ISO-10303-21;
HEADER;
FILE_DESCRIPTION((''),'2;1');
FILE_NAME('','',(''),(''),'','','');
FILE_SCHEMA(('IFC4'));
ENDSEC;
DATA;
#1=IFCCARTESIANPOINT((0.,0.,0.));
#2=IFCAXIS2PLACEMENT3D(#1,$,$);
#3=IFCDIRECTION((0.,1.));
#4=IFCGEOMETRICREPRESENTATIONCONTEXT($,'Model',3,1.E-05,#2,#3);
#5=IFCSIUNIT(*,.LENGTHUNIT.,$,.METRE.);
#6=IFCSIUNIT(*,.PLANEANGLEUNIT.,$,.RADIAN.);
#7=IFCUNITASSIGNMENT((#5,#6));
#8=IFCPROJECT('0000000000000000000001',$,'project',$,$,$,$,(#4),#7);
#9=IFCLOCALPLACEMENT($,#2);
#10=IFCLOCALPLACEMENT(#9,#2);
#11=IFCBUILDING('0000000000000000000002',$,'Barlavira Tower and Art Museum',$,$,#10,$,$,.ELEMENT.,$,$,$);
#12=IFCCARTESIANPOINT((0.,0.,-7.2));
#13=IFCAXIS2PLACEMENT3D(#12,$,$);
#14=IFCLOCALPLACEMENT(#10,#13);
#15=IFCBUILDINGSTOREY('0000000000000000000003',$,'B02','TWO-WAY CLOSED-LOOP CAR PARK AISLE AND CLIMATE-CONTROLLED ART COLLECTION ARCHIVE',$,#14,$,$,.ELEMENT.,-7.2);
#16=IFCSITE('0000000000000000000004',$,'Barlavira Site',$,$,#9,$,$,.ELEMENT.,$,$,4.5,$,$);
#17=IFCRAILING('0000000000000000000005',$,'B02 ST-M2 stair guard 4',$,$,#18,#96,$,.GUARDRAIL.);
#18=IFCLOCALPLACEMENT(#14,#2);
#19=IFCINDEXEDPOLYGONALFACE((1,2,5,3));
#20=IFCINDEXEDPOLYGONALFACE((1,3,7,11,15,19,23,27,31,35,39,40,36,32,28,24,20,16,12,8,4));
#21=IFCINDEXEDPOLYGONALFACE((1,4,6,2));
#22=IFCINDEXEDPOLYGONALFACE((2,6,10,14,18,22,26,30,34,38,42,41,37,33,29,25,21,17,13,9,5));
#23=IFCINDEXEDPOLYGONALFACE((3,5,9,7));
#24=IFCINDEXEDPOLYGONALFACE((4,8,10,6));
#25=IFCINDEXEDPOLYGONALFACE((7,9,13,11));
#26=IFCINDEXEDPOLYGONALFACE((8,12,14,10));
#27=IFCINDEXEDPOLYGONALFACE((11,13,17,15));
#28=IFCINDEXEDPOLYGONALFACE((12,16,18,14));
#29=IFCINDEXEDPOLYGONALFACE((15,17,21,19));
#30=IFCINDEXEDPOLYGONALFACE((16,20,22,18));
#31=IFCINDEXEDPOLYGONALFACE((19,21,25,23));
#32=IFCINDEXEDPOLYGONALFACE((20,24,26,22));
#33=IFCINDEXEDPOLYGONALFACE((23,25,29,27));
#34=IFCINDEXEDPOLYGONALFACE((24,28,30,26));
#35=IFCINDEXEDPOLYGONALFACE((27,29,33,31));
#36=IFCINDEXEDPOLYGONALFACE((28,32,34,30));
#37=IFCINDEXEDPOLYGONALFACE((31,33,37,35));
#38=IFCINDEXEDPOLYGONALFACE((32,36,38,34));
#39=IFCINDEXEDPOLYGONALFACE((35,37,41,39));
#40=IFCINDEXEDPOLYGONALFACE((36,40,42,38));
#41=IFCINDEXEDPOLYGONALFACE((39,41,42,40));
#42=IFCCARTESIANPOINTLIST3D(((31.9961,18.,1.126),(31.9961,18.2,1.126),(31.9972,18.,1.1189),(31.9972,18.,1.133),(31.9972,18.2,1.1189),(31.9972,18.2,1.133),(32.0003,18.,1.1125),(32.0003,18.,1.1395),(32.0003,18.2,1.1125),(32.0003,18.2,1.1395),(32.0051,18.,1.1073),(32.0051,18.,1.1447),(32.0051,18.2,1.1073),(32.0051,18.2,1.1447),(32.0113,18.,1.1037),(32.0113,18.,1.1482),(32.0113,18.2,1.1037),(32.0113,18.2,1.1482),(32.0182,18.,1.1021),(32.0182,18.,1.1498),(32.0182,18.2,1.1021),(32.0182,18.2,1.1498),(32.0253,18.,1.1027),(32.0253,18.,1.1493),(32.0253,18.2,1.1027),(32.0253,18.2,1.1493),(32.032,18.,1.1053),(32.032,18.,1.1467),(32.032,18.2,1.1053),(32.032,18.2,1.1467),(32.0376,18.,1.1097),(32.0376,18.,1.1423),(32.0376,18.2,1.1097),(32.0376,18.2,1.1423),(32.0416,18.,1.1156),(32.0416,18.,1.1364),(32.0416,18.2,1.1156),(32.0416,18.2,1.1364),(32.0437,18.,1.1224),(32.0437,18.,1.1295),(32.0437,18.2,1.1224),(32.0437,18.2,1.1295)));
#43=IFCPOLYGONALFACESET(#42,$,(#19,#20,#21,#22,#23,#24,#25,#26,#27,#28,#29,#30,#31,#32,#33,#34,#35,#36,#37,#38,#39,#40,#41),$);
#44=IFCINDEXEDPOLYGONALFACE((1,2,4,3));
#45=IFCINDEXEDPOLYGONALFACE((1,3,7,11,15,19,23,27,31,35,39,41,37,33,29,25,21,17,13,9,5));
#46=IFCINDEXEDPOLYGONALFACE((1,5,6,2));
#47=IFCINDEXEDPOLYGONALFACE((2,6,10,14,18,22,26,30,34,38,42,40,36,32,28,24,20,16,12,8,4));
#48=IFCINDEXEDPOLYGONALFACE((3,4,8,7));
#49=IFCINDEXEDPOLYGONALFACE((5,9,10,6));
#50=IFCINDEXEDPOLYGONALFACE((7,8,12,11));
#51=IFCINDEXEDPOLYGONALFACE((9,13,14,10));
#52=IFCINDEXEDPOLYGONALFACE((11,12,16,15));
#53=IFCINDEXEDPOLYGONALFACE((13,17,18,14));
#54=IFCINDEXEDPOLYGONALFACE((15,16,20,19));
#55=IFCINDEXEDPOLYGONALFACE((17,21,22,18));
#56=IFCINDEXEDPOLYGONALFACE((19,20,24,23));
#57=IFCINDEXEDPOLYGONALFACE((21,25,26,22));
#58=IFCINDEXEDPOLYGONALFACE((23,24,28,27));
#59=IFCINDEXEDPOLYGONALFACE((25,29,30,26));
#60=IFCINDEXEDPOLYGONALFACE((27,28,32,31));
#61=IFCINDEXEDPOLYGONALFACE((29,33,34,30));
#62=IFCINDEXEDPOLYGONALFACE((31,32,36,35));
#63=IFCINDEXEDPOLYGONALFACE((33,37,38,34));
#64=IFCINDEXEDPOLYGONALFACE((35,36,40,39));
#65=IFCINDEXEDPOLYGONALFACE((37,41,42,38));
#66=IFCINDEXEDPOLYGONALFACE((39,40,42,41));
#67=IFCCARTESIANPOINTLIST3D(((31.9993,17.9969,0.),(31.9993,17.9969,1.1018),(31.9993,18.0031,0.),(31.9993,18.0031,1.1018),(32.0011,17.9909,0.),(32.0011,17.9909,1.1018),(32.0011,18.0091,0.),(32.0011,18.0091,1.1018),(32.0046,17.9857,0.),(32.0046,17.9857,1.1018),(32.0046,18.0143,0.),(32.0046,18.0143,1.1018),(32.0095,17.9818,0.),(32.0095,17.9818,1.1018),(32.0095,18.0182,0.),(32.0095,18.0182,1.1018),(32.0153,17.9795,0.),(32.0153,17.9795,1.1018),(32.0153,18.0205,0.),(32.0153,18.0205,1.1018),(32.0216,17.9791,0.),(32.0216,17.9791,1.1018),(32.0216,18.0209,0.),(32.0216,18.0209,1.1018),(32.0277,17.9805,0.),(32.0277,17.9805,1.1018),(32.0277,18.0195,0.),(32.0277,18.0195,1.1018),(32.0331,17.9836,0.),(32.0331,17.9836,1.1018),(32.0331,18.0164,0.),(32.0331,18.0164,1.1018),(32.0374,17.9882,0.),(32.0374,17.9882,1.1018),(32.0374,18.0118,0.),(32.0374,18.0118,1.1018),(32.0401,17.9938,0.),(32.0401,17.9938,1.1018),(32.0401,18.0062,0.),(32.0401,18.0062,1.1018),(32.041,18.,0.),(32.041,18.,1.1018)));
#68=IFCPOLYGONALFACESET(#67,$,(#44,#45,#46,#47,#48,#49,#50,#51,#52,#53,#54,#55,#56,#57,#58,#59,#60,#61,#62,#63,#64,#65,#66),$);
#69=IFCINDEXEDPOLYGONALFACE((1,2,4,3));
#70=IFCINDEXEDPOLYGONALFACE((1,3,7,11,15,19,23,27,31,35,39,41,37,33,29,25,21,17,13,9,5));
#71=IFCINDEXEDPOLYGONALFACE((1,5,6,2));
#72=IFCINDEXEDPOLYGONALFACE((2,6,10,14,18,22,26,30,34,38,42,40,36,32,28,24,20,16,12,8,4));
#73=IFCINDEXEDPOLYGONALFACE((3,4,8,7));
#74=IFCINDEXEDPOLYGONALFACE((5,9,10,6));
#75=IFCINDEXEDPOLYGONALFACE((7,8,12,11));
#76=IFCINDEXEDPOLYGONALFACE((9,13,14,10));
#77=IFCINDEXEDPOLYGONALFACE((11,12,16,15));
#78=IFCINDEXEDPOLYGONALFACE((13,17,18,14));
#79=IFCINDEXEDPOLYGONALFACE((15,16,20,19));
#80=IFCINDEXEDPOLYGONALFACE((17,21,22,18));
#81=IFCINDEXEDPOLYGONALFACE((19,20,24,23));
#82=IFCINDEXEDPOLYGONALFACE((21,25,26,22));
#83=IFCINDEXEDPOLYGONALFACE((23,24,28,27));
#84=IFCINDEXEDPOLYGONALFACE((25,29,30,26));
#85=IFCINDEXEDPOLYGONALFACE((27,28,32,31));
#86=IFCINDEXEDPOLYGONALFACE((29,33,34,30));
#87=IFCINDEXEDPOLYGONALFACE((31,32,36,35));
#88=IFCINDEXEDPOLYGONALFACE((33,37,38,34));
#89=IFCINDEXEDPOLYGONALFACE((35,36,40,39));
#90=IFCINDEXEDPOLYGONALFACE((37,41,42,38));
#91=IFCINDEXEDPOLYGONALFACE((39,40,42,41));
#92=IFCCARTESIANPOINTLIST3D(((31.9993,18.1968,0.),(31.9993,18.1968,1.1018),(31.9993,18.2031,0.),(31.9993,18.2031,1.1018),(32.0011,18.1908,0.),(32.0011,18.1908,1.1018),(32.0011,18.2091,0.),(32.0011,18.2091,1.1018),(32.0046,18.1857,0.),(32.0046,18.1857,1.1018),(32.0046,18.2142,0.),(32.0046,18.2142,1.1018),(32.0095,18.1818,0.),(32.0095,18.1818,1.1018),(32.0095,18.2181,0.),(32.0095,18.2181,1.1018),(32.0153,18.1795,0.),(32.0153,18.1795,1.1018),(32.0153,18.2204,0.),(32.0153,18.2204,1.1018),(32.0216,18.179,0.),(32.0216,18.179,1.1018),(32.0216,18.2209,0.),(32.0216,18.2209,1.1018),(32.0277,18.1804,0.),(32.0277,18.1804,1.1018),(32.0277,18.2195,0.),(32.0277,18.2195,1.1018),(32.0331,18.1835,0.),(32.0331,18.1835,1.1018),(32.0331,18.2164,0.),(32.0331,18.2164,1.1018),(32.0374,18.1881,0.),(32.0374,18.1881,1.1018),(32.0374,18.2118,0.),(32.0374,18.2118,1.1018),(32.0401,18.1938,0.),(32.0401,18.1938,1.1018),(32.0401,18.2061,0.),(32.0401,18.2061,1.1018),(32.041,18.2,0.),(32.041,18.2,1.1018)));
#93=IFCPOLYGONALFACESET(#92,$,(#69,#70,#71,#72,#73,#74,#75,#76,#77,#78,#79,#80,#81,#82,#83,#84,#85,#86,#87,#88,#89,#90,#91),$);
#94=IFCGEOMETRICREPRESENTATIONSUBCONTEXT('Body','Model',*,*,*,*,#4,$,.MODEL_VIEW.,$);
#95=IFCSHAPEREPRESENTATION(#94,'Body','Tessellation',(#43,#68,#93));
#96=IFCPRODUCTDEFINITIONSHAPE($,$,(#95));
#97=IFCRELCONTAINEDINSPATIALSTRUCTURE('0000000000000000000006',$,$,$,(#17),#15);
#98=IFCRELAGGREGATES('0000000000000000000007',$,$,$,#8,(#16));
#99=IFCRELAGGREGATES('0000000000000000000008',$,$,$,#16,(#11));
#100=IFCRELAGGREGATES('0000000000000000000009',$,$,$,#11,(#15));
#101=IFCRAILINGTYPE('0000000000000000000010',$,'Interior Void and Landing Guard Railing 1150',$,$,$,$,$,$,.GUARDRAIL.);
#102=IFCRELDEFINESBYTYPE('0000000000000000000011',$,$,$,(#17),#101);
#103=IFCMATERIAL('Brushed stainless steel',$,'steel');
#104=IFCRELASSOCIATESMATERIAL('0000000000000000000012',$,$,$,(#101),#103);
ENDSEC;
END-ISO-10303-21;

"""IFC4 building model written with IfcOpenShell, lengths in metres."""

from ifc_helpers import new_model, si_unit, direction, frame, origin, origin_2d, place, context, subcontext, project, spatial, circle, extrude, material, type_object, element, save


model = new_model("IFC4")

# Units and contexts
model_context = context("Model", 3, precision=1e-05, world=origin(), true_north=direction((0.0, 1.0)))
body_context = subcontext(model_context, "Body", "Model", "MODEL_VIEW")
ifc_project = project(units=[si_unit("LENGTHUNIT", "METRE"), si_unit("PLANEANGLEUNIT", "RADIAN")], contexts=[model_context])

# Site, building, storey
site_placement = place(None, origin())
site = spatial("IfcSite", under=ifc_project, at=site_placement, Name="Barlavira Site", CompositionType="ELEMENT", RefElevation=4.5)
building_placement = place(site_placement, origin())
building = spatial("IfcBuilding", under=site, at=building_placement, Name="Barlavira Tower and Art Museum", CompositionType="ELEMENT")
storey_placement = place(building_placement, frame((0.0, 0.0, -7.2)))
storey = spatial("IfcBuildingStorey", under=building, at=storey_placement, Name="B02", Description="TWO-WAY CLOSED-LOOP CAR PARK AISLE AND CLIMATE-CONTROLLED ART COLLECTION ARCHIVE", CompositionType="ELEMENT", Elevation=-7.2)

# Shared definitions
ifc_material_1 = material(Name="Brushed stainless steel", Category="steel")

# Railing
railing_type_1 = type_object("IfcRailingType", Name="Interior Void and Landing Guard Railing 1150", PredefinedType="GUARDRAIL", material=ifc_material_1)
railing_1_placement = place(storey_placement, frame((32.02, 18.0, 0.0)))
element("IfcRailing", 1, at=railing_1_placement, inside=storey, type_object=railing_type_1, Name="B02 ST-M2 stair guard 4", PredefinedType="GUARDRAIL", context=body_context, shape_type="SweptSolid", body=[
    extrude(circle(Radius=0.0239, at=origin_2d()), frame((0.0, 0.0, 1.126), z_axis=(0.0, 1.0, 0.0), x_axis=(-1.0, 0.0, 0.0)), (0.0, 0.0, 1.0), 0.2),
    extrude(circle(Radius=0.021, at=origin_2d()), origin(), (0.0, 0.0, 1.0), 1.1018),
    extrude(circle(Radius=0.021, at=origin_2d()), frame((0.0, 0.2, 0.0)), (0.0, 0.0, 1.0), 1.1018),
])

save(model, "model.ifc")
